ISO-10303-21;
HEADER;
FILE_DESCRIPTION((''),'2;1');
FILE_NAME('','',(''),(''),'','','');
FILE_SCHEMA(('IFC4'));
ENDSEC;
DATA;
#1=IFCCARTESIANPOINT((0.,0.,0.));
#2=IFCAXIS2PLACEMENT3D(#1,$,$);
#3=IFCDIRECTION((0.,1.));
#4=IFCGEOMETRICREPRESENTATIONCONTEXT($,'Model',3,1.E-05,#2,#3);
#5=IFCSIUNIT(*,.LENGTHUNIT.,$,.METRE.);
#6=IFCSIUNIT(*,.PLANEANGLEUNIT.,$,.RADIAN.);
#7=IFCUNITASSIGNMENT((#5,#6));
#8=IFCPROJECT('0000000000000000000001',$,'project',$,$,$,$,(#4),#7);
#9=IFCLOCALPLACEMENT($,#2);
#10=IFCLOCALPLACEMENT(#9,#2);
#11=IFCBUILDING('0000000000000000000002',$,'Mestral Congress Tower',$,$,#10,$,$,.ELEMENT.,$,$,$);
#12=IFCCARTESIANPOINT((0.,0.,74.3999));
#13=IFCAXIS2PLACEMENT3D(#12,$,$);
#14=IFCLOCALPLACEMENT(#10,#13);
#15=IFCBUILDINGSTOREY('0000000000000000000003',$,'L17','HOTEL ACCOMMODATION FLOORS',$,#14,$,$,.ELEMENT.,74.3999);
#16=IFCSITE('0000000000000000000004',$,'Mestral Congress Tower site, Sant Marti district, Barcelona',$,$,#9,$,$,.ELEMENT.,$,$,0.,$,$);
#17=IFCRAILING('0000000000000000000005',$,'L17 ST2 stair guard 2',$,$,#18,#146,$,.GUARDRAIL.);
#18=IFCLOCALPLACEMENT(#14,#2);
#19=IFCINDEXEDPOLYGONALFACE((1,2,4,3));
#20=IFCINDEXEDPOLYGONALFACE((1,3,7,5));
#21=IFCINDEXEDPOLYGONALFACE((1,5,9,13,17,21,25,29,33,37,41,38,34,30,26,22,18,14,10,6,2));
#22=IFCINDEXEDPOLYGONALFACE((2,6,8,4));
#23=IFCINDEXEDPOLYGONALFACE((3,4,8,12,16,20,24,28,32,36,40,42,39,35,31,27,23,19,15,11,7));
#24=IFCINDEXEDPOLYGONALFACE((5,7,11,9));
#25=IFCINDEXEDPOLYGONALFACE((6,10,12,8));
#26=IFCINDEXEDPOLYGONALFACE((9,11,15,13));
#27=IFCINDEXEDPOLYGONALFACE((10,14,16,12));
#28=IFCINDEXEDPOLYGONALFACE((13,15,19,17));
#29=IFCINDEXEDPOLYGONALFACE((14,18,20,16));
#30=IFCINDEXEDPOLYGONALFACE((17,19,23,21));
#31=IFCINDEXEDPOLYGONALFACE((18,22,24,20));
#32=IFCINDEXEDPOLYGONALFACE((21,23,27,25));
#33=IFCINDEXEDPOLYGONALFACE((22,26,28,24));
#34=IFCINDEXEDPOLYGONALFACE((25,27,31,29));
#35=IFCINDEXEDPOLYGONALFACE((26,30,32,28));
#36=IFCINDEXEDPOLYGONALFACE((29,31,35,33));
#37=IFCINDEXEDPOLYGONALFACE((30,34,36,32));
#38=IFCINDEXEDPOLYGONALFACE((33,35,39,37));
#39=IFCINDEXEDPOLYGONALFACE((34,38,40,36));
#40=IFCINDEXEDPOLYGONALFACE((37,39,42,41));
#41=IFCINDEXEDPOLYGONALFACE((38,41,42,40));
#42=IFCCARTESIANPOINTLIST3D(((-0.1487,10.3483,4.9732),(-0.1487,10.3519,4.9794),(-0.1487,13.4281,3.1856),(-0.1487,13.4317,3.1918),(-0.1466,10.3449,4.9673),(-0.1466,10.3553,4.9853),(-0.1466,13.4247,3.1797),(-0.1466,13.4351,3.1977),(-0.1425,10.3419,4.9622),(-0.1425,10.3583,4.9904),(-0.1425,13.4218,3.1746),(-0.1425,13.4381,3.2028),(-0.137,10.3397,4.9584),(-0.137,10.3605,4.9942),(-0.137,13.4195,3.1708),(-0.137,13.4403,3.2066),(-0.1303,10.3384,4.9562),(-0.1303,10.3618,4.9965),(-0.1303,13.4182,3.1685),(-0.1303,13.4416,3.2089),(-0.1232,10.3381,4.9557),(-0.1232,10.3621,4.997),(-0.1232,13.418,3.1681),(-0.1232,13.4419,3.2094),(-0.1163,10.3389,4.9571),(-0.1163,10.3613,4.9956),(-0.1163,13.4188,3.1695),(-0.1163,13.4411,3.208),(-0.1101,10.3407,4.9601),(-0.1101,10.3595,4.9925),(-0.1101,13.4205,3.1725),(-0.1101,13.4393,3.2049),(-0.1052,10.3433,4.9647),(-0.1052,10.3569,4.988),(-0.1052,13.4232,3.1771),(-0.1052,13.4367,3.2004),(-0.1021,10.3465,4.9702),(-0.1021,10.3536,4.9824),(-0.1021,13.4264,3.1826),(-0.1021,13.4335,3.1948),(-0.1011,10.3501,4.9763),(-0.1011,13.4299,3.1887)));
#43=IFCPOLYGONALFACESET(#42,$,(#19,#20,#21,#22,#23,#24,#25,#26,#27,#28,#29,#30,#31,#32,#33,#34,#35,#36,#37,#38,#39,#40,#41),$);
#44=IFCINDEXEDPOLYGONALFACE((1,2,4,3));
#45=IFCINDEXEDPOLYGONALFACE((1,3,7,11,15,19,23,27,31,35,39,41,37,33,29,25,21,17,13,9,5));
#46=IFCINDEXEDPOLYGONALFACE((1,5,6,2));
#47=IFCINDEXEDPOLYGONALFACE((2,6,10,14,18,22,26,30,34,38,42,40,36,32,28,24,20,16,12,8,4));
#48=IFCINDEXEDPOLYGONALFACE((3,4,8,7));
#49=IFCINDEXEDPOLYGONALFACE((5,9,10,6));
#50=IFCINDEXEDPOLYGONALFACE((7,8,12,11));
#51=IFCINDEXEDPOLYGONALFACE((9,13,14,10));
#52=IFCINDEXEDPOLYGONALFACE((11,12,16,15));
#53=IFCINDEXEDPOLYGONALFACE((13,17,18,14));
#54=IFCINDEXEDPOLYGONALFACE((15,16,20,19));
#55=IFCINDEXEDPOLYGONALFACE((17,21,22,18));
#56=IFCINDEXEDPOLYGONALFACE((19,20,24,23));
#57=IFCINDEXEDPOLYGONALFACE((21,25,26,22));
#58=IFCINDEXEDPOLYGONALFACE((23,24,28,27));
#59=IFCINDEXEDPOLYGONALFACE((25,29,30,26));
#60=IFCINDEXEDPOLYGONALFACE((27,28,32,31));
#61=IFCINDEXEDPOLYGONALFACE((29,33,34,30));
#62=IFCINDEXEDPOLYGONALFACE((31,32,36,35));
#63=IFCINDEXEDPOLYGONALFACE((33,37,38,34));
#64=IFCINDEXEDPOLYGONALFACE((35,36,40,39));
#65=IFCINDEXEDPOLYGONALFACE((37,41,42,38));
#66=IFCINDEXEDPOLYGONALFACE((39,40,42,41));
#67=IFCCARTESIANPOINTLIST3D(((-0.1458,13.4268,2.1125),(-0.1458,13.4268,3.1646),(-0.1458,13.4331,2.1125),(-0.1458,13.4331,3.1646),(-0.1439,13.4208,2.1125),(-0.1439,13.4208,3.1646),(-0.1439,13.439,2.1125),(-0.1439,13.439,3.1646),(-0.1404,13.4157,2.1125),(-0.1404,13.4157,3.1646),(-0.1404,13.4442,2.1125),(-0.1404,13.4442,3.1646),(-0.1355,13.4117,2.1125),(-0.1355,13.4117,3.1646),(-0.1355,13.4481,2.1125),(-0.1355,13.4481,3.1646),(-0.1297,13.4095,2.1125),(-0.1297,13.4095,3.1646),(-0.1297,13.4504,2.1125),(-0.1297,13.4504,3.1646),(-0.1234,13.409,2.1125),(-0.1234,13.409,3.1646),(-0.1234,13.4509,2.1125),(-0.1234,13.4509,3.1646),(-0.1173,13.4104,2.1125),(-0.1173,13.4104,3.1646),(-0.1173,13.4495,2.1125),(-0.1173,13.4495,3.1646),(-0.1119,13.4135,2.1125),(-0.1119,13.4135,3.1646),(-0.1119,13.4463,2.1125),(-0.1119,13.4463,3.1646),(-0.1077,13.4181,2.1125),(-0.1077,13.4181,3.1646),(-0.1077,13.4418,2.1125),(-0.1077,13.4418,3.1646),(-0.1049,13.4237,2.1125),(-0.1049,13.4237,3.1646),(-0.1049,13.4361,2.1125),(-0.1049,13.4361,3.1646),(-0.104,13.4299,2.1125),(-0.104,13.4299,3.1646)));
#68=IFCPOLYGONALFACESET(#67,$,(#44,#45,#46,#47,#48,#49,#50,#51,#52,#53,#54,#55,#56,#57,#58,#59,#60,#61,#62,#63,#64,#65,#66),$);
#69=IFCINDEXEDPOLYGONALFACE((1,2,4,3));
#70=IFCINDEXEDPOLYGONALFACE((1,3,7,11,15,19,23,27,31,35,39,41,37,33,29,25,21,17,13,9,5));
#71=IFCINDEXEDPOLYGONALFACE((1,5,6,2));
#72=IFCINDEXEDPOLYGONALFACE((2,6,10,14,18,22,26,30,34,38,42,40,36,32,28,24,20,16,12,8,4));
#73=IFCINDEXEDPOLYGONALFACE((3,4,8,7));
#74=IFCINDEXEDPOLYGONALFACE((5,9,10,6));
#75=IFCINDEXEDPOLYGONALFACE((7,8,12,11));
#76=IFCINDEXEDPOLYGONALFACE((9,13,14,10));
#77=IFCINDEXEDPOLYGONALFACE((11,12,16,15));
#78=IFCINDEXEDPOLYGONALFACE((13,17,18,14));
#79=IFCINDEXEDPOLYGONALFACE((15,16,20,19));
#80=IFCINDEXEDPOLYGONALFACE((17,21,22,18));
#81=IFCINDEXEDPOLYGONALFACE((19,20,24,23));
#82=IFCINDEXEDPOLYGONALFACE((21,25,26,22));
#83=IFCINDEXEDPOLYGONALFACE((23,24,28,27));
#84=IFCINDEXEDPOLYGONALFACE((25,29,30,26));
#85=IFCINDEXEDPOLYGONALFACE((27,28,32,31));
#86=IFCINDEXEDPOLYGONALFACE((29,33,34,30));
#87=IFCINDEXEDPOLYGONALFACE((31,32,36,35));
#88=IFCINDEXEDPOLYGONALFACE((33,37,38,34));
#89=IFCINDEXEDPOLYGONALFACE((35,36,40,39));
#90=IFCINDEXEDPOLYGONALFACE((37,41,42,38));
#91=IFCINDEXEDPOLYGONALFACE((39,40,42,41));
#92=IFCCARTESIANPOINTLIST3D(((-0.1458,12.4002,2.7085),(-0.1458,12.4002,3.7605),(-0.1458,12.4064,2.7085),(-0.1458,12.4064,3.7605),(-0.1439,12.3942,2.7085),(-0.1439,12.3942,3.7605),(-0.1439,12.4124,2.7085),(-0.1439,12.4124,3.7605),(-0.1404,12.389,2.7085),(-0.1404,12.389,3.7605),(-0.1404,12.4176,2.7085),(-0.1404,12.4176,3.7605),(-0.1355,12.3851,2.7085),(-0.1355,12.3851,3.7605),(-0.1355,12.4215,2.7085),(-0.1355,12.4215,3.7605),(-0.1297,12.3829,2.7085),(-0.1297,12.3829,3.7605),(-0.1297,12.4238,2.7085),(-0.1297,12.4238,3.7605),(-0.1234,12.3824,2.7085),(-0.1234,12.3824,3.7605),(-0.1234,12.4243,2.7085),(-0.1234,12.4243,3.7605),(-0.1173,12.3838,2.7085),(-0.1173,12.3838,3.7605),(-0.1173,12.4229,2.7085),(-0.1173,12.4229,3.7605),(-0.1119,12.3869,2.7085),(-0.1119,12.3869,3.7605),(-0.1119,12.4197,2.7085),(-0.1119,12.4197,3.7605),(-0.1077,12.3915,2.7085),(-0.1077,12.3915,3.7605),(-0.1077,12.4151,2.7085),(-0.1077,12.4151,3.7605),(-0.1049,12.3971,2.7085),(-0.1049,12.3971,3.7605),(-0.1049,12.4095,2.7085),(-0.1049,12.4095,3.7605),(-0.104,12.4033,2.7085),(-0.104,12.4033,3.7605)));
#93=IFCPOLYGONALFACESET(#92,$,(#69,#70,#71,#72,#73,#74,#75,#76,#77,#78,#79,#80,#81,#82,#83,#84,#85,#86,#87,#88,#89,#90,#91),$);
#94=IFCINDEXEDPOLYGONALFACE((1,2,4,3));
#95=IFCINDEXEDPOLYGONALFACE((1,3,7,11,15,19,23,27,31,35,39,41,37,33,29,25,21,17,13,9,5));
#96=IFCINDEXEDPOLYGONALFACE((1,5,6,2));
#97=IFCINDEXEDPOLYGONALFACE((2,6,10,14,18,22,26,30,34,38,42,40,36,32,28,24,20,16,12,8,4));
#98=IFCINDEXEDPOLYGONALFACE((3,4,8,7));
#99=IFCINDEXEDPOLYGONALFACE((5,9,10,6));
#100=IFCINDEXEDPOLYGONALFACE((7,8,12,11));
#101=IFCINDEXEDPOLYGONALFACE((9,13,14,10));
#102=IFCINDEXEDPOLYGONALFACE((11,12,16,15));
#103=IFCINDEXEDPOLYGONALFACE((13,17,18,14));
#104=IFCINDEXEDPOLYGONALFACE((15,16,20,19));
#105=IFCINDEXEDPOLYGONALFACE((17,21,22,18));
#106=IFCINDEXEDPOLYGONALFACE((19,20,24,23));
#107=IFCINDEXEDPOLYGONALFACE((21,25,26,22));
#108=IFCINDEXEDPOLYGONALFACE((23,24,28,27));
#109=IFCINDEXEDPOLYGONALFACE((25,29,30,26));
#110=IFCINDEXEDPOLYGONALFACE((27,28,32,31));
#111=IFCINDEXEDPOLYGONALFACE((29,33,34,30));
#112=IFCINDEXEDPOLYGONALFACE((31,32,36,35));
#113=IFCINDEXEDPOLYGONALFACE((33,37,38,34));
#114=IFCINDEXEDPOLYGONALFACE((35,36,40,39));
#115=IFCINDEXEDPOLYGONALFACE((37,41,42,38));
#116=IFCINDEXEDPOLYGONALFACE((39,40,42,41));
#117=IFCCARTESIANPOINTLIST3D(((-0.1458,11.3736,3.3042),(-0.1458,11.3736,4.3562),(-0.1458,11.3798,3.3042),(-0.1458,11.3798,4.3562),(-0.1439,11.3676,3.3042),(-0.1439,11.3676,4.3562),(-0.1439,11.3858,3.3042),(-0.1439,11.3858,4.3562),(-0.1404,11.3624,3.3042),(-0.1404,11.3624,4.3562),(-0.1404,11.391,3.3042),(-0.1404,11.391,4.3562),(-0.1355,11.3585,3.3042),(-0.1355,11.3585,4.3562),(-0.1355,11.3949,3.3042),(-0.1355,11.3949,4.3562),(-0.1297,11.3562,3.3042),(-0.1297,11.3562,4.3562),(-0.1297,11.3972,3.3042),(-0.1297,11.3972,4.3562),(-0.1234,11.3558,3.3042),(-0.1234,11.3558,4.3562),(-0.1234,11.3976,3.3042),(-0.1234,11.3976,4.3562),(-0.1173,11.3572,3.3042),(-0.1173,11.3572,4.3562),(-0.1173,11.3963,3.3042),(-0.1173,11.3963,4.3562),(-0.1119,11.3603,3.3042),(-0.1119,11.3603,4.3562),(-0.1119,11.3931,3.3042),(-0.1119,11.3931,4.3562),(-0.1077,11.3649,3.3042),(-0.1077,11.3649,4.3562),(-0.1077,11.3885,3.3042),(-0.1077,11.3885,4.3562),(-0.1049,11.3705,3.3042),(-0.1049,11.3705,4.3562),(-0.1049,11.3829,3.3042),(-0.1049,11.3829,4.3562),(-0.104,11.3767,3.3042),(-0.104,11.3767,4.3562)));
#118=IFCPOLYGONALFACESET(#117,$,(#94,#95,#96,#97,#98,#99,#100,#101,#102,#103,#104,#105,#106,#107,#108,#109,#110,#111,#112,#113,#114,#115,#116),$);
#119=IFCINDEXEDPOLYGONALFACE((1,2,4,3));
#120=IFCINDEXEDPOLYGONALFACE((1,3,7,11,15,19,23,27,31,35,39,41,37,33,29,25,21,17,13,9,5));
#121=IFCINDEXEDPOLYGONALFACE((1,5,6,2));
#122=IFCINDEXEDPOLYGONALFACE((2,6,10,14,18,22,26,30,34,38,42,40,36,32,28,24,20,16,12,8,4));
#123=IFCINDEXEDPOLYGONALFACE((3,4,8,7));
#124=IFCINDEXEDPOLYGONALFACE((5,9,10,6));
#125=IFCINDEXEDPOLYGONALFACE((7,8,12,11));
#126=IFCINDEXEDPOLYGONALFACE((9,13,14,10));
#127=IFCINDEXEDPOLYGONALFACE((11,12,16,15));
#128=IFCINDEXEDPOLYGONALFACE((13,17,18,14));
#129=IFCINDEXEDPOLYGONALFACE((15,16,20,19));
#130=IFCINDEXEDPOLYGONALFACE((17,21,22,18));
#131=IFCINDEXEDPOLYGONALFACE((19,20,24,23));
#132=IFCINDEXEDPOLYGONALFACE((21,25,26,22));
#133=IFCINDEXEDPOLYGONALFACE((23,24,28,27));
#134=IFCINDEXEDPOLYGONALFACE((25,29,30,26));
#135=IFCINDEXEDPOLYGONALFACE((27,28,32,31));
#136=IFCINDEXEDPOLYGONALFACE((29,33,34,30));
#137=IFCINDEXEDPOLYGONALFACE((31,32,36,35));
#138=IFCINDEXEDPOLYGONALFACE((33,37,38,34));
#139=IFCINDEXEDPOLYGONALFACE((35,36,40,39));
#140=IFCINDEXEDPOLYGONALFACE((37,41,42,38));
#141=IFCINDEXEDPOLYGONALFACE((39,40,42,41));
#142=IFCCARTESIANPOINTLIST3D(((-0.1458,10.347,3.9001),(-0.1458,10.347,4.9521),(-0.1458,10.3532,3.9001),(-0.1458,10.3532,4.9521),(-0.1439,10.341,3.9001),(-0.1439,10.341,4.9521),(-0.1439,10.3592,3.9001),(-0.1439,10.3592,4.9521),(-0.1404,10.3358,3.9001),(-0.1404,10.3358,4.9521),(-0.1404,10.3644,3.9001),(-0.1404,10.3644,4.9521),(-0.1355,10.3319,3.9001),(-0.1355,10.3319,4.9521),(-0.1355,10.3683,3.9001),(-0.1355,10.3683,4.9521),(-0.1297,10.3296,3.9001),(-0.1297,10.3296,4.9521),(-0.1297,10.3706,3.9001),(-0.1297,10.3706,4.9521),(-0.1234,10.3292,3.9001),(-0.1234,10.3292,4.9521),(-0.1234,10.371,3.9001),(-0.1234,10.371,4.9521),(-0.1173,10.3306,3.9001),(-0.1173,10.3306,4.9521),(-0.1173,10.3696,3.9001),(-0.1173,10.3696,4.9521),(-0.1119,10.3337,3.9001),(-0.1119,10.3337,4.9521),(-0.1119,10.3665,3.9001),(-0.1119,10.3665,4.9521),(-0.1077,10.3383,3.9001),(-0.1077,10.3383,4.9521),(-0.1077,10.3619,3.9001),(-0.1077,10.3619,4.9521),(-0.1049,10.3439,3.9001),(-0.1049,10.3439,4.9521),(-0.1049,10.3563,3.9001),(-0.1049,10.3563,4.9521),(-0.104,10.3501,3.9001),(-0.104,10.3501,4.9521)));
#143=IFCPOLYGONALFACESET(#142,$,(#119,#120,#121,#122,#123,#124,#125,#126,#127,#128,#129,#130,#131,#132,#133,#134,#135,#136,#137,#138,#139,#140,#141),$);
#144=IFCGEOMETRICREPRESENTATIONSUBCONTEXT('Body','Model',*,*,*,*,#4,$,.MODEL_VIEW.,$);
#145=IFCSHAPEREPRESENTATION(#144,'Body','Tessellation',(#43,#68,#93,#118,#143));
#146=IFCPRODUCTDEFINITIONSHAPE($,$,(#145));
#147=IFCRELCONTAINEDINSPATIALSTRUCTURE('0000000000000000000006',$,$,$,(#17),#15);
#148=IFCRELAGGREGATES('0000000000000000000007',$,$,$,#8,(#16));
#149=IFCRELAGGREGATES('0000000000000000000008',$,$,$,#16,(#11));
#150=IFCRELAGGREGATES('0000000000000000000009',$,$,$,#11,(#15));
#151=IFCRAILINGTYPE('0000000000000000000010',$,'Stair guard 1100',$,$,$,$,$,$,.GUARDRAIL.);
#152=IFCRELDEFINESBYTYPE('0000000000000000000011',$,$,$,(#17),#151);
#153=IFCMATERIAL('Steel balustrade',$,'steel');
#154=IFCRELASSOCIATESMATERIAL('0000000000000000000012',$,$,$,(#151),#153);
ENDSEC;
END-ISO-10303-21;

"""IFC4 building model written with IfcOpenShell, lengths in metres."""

from ifc_helpers import new_model, si_unit, direction, frame, origin, origin_2d, place, context, subcontext, project, spatial, circle, extrude, material, type_object, element, save


model = new_model("IFC4")

# Units and contexts
model_context = context("Model", 3, precision=1e-05, world=origin(), true_north=direction((0.0, 1.0)))
body_context = subcontext(model_context, "Body", "Model", "MODEL_VIEW")
ifc_project = project(units=[si_unit("LENGTHUNIT", "METRE"), si_unit("PLANEANGLEUNIT", "RADIAN")], contexts=[model_context])

# Site, building, storey
site_placement = place(None, origin())
site = spatial("IfcSite", under=ifc_project, at=site_placement, Name="Mestral Congress Tower site, Sant Marti district, Barcelona", CompositionType="ELEMENT", RefElevation=0.0)
building_placement = place(site_placement, origin())
building = spatial("IfcBuilding", under=site, at=building_placement, Name="Mestral Congress Tower", CompositionType="ELEMENT")
storey_placement = place(building_placement, frame((0.0, 0.0, 74.3999)))
storey = spatial("IfcBuildingStorey", under=building, at=storey_placement, Name="L17", Description="HOTEL ACCOMMODATION FLOORS", CompositionType="ELEMENT", Elevation=74.3999)

# Railing
ifc_material_1 = material(Name="Steel balustrade", Category="steel")
railing_type = type_object("IfcRailingType", Name="Stair guard 1100", PredefinedType="GUARDRAIL", material=ifc_material_1)
railing_placement = place(storey_placement, frame((-0.125, 13.4299, 2.1125)))
element("IfcRailing", 1, at=railing_placement, inside=storey, type_object=railing_type, Name="L17 ST2 stair guard 2", PredefinedType="GUARDRAIL", context=body_context, shape_type="SweptSolid", body=[
    extrude(circle(Radius=0.0239, at=origin_2d()), frame((0.0, 0.0, 1.0762), z_axis=(0.0, -0.864873, 0.50199), x_axis=(1.0, 0.0, 0.0)), (0.0, 0.0, 1.0), 3.561),
    extrude(circle(Radius=0.021, at=origin_2d()), origin(), (0.0, 0.0, 1.0), 1.052),
    extrude(circle(Radius=0.021, at=origin_2d()), frame((0.0, -1.0266, 0.5959)), (0.0, 0.0, 1.0), 1.052),
    extrude(circle(Radius=0.021, at=origin_2d()), frame((0.0, -2.0532, 1.1917)), (0.0, 0.0, 1.0), 1.052),
    extrude(circle(Radius=0.021, at=origin_2d()), frame((0.0, -3.0798, 1.7876)), (0.0, 0.0, 1.0), 1.052),
])

save(model, "model.ifc")
